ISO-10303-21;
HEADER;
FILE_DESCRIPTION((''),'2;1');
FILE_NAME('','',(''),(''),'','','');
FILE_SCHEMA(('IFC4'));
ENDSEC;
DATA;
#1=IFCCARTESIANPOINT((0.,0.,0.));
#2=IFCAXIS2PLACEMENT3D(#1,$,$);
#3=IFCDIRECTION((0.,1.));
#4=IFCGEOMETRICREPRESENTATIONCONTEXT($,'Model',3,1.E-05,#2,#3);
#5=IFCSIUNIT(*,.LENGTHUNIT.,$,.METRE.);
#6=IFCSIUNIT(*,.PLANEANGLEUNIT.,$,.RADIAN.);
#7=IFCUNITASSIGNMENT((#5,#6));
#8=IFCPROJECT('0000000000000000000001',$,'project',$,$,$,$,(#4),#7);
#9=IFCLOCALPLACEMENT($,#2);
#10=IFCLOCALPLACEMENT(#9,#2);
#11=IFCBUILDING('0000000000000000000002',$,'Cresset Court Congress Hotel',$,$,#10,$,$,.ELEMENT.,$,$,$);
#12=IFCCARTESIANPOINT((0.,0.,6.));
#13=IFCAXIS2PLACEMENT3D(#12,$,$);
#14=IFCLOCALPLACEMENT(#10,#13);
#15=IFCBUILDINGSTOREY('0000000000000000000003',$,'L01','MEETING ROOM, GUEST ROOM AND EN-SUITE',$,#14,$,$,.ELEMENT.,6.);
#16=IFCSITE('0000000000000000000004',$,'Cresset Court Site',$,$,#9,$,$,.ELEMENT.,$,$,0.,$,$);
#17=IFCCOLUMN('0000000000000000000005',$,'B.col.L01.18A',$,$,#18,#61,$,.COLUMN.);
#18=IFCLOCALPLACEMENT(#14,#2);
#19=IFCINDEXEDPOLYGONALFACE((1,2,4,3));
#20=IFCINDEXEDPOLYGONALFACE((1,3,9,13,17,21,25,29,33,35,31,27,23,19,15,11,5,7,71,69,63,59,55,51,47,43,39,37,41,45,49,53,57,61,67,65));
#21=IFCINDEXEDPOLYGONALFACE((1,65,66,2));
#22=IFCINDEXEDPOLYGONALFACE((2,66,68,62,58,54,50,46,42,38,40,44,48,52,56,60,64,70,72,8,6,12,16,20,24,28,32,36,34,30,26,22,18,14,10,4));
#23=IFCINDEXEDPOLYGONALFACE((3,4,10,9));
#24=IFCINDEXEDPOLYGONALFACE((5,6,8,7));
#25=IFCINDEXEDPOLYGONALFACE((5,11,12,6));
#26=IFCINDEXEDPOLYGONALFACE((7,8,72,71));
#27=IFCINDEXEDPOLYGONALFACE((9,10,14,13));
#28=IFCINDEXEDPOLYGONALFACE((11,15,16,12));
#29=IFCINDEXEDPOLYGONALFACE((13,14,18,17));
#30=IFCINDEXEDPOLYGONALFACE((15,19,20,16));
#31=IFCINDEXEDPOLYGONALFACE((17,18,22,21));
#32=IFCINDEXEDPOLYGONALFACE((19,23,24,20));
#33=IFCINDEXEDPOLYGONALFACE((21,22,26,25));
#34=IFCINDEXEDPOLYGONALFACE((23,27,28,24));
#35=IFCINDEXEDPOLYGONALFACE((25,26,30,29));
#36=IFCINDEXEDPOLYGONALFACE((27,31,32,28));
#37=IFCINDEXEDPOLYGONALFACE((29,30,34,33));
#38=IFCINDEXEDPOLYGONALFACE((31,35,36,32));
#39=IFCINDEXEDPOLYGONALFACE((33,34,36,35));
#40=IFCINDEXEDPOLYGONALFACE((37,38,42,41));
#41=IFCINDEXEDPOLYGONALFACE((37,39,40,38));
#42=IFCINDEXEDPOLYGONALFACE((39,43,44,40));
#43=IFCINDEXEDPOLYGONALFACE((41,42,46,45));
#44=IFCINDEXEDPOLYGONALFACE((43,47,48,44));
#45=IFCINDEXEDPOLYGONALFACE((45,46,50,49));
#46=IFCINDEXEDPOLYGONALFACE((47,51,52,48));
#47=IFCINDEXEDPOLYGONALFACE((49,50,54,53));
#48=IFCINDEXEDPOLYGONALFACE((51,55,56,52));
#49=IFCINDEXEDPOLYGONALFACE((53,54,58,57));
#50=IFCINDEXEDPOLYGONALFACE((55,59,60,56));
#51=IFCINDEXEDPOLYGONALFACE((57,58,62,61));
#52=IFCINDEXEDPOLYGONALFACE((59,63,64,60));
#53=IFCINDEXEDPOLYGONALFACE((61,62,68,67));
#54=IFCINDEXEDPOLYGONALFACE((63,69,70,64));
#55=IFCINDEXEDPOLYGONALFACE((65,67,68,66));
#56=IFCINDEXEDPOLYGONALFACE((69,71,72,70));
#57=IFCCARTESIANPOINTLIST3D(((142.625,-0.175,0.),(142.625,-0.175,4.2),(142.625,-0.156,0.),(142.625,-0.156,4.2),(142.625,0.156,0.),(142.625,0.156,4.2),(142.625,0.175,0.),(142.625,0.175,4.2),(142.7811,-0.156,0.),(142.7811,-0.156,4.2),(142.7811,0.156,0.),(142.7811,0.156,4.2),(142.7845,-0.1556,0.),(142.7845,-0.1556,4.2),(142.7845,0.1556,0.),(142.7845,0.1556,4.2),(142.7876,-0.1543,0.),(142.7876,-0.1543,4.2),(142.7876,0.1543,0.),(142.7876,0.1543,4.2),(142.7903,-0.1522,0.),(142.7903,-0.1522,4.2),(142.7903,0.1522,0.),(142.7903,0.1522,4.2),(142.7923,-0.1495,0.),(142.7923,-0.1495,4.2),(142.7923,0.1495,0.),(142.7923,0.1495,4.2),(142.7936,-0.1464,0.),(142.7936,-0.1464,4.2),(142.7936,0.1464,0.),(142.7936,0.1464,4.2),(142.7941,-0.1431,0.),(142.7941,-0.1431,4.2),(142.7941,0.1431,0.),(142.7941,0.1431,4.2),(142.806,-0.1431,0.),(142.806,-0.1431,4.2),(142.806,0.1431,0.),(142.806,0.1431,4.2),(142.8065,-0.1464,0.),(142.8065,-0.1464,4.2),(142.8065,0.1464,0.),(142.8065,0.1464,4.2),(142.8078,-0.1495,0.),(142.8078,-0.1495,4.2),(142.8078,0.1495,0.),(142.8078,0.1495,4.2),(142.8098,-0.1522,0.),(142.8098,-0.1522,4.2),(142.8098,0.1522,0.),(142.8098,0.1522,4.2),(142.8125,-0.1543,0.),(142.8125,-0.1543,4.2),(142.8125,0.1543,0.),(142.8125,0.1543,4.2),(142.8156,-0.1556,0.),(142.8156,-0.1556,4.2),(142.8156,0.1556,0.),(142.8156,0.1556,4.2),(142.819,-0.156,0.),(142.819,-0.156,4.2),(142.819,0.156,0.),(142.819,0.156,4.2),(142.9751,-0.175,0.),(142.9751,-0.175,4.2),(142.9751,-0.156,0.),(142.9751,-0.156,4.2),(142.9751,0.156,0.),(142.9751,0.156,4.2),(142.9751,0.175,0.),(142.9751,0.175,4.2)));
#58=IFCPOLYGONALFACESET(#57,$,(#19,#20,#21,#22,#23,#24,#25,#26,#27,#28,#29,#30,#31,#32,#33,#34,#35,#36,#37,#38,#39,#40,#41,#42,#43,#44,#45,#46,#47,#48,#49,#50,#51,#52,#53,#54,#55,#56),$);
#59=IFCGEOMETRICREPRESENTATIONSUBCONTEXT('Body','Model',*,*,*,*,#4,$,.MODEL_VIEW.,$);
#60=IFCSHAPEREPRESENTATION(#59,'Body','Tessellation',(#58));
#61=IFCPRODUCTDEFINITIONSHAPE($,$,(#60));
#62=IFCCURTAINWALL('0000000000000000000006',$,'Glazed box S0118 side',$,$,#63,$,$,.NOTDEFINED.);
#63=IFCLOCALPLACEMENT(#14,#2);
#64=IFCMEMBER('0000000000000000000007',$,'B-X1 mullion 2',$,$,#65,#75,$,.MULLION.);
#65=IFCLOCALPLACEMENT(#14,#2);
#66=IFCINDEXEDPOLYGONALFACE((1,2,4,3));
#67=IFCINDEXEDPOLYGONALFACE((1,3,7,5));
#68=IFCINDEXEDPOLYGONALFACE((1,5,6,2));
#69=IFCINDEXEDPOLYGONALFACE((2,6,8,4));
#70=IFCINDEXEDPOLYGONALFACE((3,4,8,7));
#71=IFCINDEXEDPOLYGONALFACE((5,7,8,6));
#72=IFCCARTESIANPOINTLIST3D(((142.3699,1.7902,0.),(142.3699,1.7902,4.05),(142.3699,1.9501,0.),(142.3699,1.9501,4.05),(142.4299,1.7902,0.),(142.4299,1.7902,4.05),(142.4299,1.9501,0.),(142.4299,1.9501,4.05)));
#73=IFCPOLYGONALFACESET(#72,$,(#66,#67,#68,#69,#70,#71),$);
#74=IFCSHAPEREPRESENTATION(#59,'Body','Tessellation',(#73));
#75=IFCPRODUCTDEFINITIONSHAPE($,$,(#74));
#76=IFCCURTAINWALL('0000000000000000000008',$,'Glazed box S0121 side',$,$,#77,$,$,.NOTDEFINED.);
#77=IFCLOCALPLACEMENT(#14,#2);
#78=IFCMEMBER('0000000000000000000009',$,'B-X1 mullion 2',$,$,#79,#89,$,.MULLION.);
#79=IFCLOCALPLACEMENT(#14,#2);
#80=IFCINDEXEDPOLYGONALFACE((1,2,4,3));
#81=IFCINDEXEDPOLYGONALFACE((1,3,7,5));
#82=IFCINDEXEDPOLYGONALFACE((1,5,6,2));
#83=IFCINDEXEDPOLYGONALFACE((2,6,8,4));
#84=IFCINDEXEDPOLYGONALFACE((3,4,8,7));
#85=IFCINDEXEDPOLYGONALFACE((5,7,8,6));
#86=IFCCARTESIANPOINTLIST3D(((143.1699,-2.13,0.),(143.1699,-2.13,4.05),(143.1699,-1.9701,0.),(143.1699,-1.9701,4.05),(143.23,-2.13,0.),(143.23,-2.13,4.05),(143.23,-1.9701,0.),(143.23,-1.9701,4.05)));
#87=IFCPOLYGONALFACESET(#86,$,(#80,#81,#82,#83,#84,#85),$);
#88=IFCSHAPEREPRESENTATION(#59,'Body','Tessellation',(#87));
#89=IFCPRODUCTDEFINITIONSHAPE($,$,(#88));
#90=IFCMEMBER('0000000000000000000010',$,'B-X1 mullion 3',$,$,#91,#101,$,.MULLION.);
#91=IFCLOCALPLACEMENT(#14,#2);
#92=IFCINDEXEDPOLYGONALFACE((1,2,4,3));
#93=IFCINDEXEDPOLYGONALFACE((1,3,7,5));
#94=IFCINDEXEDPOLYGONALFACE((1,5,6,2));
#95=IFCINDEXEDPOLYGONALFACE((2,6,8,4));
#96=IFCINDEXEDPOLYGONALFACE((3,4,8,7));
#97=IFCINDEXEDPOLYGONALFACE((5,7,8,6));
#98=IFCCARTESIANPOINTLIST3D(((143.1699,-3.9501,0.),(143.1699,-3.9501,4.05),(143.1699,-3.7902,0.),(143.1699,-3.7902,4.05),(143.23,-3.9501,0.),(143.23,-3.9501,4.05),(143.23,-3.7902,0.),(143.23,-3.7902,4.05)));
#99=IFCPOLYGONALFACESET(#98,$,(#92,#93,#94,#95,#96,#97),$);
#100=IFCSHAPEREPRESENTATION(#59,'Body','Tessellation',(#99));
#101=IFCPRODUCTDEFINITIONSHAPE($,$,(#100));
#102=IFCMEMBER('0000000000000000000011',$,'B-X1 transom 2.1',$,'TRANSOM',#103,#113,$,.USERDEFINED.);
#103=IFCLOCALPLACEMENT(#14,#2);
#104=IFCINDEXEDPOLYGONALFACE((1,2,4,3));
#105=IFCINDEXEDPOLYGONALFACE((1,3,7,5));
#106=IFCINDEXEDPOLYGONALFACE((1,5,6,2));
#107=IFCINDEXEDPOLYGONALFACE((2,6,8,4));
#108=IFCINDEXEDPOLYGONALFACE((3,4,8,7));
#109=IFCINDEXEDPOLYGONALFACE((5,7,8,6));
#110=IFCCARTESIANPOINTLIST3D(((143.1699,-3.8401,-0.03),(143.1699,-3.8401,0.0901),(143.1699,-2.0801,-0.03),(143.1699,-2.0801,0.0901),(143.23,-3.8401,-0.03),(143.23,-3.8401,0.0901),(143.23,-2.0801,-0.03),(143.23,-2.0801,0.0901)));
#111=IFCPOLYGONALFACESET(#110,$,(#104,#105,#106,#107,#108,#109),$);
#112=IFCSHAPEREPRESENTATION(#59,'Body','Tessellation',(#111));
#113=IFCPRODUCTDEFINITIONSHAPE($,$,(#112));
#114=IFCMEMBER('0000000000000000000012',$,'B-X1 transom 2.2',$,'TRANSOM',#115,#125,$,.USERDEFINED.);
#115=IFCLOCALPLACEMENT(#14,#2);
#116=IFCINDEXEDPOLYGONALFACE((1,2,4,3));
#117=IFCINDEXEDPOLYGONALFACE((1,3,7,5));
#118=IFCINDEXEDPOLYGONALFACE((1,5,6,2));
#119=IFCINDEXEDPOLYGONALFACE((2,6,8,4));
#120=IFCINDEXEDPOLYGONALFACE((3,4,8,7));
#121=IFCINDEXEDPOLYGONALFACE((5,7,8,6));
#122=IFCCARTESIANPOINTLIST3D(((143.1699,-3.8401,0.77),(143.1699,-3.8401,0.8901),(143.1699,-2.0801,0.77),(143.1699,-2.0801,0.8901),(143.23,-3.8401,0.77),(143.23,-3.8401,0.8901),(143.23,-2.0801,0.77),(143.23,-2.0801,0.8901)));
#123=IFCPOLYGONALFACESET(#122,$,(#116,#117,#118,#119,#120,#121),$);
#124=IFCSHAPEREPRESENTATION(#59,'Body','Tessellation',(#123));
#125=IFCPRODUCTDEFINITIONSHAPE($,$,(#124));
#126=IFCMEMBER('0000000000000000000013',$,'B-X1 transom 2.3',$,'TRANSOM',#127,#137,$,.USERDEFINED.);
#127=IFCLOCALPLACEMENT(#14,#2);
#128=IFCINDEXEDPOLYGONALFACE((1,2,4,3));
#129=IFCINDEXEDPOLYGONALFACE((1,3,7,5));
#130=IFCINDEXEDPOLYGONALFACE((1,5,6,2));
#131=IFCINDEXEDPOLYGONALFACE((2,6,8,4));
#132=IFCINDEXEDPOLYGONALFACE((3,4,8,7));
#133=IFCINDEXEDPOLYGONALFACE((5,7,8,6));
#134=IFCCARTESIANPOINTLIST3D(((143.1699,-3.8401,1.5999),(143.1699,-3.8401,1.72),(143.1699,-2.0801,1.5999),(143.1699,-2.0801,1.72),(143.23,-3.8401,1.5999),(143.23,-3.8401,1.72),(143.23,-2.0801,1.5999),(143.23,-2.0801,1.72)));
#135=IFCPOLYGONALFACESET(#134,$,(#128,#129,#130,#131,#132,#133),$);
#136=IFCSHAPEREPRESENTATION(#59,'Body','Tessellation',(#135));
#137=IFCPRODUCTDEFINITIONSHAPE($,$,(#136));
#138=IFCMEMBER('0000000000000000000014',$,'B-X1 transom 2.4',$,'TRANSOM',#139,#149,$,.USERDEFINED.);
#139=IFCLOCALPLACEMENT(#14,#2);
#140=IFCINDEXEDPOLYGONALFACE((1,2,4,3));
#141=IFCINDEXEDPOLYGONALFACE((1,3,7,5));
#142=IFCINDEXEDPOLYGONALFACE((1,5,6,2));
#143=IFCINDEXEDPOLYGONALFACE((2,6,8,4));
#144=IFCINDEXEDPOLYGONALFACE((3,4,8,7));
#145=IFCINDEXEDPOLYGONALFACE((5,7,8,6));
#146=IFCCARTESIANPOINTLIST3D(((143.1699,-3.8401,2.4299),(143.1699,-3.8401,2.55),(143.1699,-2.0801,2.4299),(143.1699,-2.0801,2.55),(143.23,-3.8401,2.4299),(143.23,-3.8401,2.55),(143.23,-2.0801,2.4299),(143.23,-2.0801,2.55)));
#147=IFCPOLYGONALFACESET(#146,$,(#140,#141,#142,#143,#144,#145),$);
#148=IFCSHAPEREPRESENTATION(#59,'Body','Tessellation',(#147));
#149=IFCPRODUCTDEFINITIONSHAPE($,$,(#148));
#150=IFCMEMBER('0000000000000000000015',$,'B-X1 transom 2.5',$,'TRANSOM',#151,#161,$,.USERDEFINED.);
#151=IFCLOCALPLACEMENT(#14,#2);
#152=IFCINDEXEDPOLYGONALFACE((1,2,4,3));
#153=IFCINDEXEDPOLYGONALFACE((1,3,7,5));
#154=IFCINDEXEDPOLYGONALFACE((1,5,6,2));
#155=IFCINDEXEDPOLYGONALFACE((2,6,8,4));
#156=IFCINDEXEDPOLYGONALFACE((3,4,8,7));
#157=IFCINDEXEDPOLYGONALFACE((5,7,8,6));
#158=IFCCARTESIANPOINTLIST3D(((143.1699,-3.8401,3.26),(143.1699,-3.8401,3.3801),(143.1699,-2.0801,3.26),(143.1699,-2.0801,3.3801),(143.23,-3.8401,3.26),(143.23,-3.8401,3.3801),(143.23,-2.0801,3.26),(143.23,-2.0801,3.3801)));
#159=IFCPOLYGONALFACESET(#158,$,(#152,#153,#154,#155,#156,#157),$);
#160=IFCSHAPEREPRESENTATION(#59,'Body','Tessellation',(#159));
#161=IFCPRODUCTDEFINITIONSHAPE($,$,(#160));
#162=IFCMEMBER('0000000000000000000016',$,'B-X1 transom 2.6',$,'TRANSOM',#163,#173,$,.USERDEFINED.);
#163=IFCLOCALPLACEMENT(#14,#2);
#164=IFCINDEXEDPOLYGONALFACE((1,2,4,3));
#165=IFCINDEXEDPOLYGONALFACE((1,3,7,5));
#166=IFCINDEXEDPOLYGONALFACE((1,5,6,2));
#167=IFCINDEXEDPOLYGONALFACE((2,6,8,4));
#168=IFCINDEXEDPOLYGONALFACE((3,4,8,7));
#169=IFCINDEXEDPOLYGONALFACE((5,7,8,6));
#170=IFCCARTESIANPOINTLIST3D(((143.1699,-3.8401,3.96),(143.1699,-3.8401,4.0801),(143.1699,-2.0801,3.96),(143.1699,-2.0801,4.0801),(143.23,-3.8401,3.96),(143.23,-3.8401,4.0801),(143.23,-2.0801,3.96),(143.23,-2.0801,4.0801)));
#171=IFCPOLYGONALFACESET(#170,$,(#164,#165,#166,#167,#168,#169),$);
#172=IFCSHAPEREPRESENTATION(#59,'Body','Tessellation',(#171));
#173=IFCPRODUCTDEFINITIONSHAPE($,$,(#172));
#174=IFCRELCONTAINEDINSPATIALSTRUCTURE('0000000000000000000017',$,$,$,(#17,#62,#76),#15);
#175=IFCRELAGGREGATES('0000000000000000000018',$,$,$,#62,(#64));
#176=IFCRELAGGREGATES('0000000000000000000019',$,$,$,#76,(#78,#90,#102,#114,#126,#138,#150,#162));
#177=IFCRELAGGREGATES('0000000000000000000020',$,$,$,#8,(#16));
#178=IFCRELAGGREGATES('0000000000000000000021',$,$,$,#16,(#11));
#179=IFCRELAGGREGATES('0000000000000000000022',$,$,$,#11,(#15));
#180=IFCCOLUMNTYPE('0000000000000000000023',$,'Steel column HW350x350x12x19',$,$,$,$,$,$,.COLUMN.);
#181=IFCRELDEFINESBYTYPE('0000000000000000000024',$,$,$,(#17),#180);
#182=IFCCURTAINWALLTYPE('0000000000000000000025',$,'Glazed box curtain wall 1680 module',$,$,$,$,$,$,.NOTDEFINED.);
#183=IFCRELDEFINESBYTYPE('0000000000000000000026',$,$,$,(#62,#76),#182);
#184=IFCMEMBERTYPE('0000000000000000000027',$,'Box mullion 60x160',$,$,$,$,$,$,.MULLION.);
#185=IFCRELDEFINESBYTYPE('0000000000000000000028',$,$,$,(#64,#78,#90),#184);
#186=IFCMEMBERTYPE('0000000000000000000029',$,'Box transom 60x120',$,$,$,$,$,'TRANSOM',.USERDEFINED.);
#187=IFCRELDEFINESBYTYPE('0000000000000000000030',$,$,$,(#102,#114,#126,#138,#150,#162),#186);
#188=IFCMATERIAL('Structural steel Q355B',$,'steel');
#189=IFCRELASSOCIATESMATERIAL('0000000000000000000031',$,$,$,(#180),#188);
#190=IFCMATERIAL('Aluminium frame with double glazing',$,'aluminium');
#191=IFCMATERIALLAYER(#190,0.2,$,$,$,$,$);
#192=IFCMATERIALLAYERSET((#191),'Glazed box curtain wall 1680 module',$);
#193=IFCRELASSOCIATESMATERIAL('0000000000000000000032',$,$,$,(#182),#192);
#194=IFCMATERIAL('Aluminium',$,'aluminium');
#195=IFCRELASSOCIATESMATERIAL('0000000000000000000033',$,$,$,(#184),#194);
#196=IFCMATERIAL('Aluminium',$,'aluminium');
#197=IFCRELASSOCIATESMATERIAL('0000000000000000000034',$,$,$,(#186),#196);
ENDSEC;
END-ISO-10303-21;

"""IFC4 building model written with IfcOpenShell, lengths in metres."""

from ifc_helpers import new_model, si_unit, direction, frame, origin, origin_2d, place, context, subcontext, project, spatial, rectangle, i_section, extrude, material, layer, layer_set, material_profile, profile_set, type_object, element, aggregate, save


model = new_model("IFC4")

# Units and contexts
model_context = context("Model", 3, precision=1e-05, world=origin(), true_north=direction((0.0, 1.0)))
body_context = subcontext(model_context, "Body", "Model", "MODEL_VIEW")
ifc_project = project(units=[si_unit("LENGTHUNIT", "METRE"), si_unit("PLANEANGLEUNIT", "RADIAN")], contexts=[model_context])

# Site, building, storey
site_placement = place(None, origin())
site = spatial("IfcSite", under=ifc_project, at=site_placement, Name="Cresset Court Site", CompositionType="ELEMENT", RefElevation=0.0)
building_placement = place(site_placement, origin())
building = spatial("IfcBuilding", under=site, at=building_placement, Name="Cresset Court Congress Hotel", CompositionType="ELEMENT")
storey_placement = place(building_placement, frame((0.0, 0.0, 6.0)))
storey = spatial("IfcBuildingStorey", under=building, at=storey_placement, Name="L01", Description="MEETING ROOM, GUEST ROOM AND EN-SUITE", CompositionType="ELEMENT", Elevation=6.0)

# Column
ifc_material_1 = material(Name="Structural steel Q355B", Category="steel")
ifc_material_profile_1 = material_profile(ifc_material_1, i_section(OverallWidth=0.3501, OverallDepth=0.3501, WebThickness=0.012, FlangeThickness=0.019, FilletRadius=0.0129, at=origin_2d()), Name="HW350x350x12x19")
ifc_profile_set_1 = profile_set([ifc_material_profile_1], Name="Structural steel Q355B")
column_type = type_object("IfcColumnType", Name="Steel column HW350x350x12x19", PredefinedType="COLUMN", material=ifc_profile_set_1)
column_placement = place(storey_placement, frame((142.8, 0.0, 0.0), z_axis=(0.0, 0.0, 1.0), x_axis=(1.0, 0.0, 0.0)))
element("IfcColumn", 1, at=column_placement, inside=storey, type_object=column_type, Name="B.col.L01.18A", PredefinedType="COLUMN", context=body_context, shape_type="SweptSolid", body=[
    extrude(i_section(OverallWidth=0.3501, OverallDepth=0.3501, WebThickness=0.012, FlangeThickness=0.019, FilletRadius=0.0129, at=origin_2d()), origin(), (0.0, 0.0, 1.0), 4.2),
])

# Curtain wall, member
ifc_material_2 = material(Name="Aluminium frame with double glazing", Category="aluminium")
ifc_layer_1 = layer(ifc_material_2, 0.2)
ifc_layer_set_1 = layer_set([ifc_layer_1], Name="Glazed box curtain wall 1680 module")
curtain_wall_type = type_object("IfcCurtainWallType", Name="Glazed box curtain wall 1680 module", PredefinedType="NOTDEFINED", material=ifc_layer_set_1)
curtain_wall_1_placement = place(storey_placement, origin())
curtain_wall_1 = element("IfcCurtainWall", 2, at=curtain_wall_1_placement, inside=storey, type_object=curtain_wall_type, Name="Glazed box S0118 side", PredefinedType="NOTDEFINED")
ifc_material_3 = material(Name="Aluminium", Category="aluminium")
ifc_material_profile_2 = material_profile(ifc_material_3, rectangle(XDim=0.0601, YDim=0.1599, at=origin_2d()), Name="Box mullion 60x160")
ifc_profile_set_2 = profile_set([ifc_material_profile_2], Name="Aluminium")
member_type_1 = type_object("IfcMemberType", Name="Box mullion 60x160", PredefinedType="MULLION", material=ifc_profile_set_2)
member_1_placement = place(storey_placement, frame((142.3999, 1.8701, 0.0), z_axis=(0.0, 0.0, 1.0), x_axis=(-1.0, 0.0, 0.0)))
member_1 = element("IfcMember", 3, at=member_1_placement, type_object=member_type_1, Name="B-X1 mullion 2", PredefinedType="MULLION", context=body_context, shape_type="SweptSolid", body=[
    extrude(rectangle(XDim=0.0601, YDim=0.1599, at=origin_2d()), origin(), (0.0, 0.0, 1.0), 4.05),
])

# Curtain wall, members
curtain_wall_2_placement = place(storey_placement, origin())
curtain_wall_2 = element("IfcCurtainWall", 4, at=curtain_wall_2_placement, inside=storey, type_object=curtain_wall_type, Name="Glazed box S0121 side", PredefinedType="NOTDEFINED")
member_2_placement = place(storey_placement, frame((143.2, -2.05, 0.0), z_axis=(0.0, 0.0, 1.0), x_axis=(1.0, 0.0, 0.0)))
member_2 = element("IfcMember", 5, at=member_2_placement, type_object=member_type_1, Name="B-X1 mullion 2", PredefinedType="MULLION", context=body_context, shape_type="SweptSolid", body=[
    extrude(rectangle(XDim=0.0601, YDim=0.1599, at=origin_2d()), origin(), (0.0, 0.0, 1.0), 4.05),
])
member_3_placement = place(storey_placement, frame((143.2, -3.8701, 0.0), z_axis=(0.0, 0.0, 1.0), x_axis=(1.0, 0.0, 0.0)))
member_3 = element("IfcMember", 6, at=member_3_placement, type_object=member_type_1, Name="B-X1 mullion 3", PredefinedType="MULLION", context=body_context, shape_type="SweptSolid", body=[
    extrude(rectangle(XDim=0.0601, YDim=0.1599, at=origin_2d()), origin(), (0.0, 0.0, 1.0), 4.05),
])
ifc_material_4 = material(Name="Aluminium", Category="aluminium")
ifc_material_profile_3 = material_profile(ifc_material_4, rectangle(XDim=0.0601, YDim=0.1201, at=origin_2d()), Name="Box transom 60x120")
ifc_profile_set_3 = profile_set([ifc_material_profile_3], Name="Aluminium")
member_type_2 = type_object("IfcMemberType", Name="Box transom 60x120", ElementType="TRANSOM", PredefinedType="USERDEFINED", material=ifc_profile_set_3)
member_4_placement = place(storey_placement, frame((143.2, -2.0801, 0.03), z_axis=(0.0, -1.0, 0.0), x_axis=(1.0, 0.0, 0.0)))
member_4 = element("IfcMember", 7, at=member_4_placement, type_object=member_type_2, Name="B-X1 transom 2.1", ObjectType="TRANSOM", PredefinedType="USERDEFINED", context=body_context, shape_type="SweptSolid", body=[
    extrude(rectangle(XDim=0.0601, YDim=0.1201, at=origin_2d()), origin(), (0.0, 0.0, 1.0), 1.76),
])
member_5_placement = place(storey_placement, frame((143.2, -2.0801, 0.8301), z_axis=(0.0, -1.0, 0.0), x_axis=(1.0, 0.0, 0.0)))
member_5 = element("IfcMember", 8, at=member_5_placement, type_object=member_type_2, Name="B-X1 transom 2.2", ObjectType="TRANSOM", PredefinedType="USERDEFINED", context=body_context, shape_type="SweptSolid", body=[
    extrude(rectangle(XDim=0.0601, YDim=0.1201, at=origin_2d()), origin(), (0.0, 0.0, 1.0), 1.76),
])
member_6_placement = place(storey_placement, frame((143.2, -2.0801, 1.6599), z_axis=(0.0, -1.0, 0.0), x_axis=(1.0, 0.0, 0.0)))
member_6 = element("IfcMember", 9, at=member_6_placement, type_object=member_type_2, Name="B-X1 transom 2.3", ObjectType="TRANSOM", PredefinedType="USERDEFINED", context=body_context, shape_type="SweptSolid", body=[
    extrude(rectangle(XDim=0.0601, YDim=0.1201, at=origin_2d()), origin(), (0.0, 0.0, 1.0), 1.76),
])
member_7_placement = place(storey_placement, frame((143.2, -2.0801, 2.49), z_axis=(0.0, -1.0, 0.0), x_axis=(1.0, 0.0, 0.0)))
member_7 = element("IfcMember", 10, at=member_7_placement, type_object=member_type_2, Name="B-X1 transom 2.4", ObjectType="TRANSOM", PredefinedType="USERDEFINED", context=body_context, shape_type="SweptSolid", body=[
    extrude(rectangle(XDim=0.0601, YDim=0.1201, at=origin_2d()), origin(), (0.0, 0.0, 1.0), 1.76),
])
member_8_placement = place(storey_placement, frame((143.2, -2.0801, 3.3201), z_axis=(0.0, -1.0, 0.0), x_axis=(1.0, 0.0, 0.0)))
member_8 = element("IfcMember", 11, at=member_8_placement, type_object=member_type_2, Name="B-X1 transom 2.5", ObjectType="TRANSOM", PredefinedType="USERDEFINED", context=body_context, shape_type="SweptSolid", body=[
    extrude(rectangle(XDim=0.0601, YDim=0.1201, at=origin_2d()), origin(), (0.0, 0.0, 1.0), 1.76),
])
member_9_placement = place(storey_placement, frame((143.2, -2.0801, 4.02), z_axis=(0.0, -1.0, 0.0), x_axis=(1.0, 0.0, 0.0)))
member_9 = element("IfcMember", 12, at=member_9_placement, type_object=member_type_2, Name="B-X1 transom 2.6", ObjectType="TRANSOM", PredefinedType="USERDEFINED", context=body_context, shape_type="SweptSolid", body=[
    extrude(rectangle(XDim=0.0601, YDim=0.1201, at=origin_2d()), origin(), (0.0, 0.0, 1.0), 1.76),
])

aggregate(curtain_wall_1, [member_1])
aggregate(curtain_wall_2, [member_2, member_3, member_4, member_5, member_6, member_7, member_8, member_9])

save(model, "model.ifc")
